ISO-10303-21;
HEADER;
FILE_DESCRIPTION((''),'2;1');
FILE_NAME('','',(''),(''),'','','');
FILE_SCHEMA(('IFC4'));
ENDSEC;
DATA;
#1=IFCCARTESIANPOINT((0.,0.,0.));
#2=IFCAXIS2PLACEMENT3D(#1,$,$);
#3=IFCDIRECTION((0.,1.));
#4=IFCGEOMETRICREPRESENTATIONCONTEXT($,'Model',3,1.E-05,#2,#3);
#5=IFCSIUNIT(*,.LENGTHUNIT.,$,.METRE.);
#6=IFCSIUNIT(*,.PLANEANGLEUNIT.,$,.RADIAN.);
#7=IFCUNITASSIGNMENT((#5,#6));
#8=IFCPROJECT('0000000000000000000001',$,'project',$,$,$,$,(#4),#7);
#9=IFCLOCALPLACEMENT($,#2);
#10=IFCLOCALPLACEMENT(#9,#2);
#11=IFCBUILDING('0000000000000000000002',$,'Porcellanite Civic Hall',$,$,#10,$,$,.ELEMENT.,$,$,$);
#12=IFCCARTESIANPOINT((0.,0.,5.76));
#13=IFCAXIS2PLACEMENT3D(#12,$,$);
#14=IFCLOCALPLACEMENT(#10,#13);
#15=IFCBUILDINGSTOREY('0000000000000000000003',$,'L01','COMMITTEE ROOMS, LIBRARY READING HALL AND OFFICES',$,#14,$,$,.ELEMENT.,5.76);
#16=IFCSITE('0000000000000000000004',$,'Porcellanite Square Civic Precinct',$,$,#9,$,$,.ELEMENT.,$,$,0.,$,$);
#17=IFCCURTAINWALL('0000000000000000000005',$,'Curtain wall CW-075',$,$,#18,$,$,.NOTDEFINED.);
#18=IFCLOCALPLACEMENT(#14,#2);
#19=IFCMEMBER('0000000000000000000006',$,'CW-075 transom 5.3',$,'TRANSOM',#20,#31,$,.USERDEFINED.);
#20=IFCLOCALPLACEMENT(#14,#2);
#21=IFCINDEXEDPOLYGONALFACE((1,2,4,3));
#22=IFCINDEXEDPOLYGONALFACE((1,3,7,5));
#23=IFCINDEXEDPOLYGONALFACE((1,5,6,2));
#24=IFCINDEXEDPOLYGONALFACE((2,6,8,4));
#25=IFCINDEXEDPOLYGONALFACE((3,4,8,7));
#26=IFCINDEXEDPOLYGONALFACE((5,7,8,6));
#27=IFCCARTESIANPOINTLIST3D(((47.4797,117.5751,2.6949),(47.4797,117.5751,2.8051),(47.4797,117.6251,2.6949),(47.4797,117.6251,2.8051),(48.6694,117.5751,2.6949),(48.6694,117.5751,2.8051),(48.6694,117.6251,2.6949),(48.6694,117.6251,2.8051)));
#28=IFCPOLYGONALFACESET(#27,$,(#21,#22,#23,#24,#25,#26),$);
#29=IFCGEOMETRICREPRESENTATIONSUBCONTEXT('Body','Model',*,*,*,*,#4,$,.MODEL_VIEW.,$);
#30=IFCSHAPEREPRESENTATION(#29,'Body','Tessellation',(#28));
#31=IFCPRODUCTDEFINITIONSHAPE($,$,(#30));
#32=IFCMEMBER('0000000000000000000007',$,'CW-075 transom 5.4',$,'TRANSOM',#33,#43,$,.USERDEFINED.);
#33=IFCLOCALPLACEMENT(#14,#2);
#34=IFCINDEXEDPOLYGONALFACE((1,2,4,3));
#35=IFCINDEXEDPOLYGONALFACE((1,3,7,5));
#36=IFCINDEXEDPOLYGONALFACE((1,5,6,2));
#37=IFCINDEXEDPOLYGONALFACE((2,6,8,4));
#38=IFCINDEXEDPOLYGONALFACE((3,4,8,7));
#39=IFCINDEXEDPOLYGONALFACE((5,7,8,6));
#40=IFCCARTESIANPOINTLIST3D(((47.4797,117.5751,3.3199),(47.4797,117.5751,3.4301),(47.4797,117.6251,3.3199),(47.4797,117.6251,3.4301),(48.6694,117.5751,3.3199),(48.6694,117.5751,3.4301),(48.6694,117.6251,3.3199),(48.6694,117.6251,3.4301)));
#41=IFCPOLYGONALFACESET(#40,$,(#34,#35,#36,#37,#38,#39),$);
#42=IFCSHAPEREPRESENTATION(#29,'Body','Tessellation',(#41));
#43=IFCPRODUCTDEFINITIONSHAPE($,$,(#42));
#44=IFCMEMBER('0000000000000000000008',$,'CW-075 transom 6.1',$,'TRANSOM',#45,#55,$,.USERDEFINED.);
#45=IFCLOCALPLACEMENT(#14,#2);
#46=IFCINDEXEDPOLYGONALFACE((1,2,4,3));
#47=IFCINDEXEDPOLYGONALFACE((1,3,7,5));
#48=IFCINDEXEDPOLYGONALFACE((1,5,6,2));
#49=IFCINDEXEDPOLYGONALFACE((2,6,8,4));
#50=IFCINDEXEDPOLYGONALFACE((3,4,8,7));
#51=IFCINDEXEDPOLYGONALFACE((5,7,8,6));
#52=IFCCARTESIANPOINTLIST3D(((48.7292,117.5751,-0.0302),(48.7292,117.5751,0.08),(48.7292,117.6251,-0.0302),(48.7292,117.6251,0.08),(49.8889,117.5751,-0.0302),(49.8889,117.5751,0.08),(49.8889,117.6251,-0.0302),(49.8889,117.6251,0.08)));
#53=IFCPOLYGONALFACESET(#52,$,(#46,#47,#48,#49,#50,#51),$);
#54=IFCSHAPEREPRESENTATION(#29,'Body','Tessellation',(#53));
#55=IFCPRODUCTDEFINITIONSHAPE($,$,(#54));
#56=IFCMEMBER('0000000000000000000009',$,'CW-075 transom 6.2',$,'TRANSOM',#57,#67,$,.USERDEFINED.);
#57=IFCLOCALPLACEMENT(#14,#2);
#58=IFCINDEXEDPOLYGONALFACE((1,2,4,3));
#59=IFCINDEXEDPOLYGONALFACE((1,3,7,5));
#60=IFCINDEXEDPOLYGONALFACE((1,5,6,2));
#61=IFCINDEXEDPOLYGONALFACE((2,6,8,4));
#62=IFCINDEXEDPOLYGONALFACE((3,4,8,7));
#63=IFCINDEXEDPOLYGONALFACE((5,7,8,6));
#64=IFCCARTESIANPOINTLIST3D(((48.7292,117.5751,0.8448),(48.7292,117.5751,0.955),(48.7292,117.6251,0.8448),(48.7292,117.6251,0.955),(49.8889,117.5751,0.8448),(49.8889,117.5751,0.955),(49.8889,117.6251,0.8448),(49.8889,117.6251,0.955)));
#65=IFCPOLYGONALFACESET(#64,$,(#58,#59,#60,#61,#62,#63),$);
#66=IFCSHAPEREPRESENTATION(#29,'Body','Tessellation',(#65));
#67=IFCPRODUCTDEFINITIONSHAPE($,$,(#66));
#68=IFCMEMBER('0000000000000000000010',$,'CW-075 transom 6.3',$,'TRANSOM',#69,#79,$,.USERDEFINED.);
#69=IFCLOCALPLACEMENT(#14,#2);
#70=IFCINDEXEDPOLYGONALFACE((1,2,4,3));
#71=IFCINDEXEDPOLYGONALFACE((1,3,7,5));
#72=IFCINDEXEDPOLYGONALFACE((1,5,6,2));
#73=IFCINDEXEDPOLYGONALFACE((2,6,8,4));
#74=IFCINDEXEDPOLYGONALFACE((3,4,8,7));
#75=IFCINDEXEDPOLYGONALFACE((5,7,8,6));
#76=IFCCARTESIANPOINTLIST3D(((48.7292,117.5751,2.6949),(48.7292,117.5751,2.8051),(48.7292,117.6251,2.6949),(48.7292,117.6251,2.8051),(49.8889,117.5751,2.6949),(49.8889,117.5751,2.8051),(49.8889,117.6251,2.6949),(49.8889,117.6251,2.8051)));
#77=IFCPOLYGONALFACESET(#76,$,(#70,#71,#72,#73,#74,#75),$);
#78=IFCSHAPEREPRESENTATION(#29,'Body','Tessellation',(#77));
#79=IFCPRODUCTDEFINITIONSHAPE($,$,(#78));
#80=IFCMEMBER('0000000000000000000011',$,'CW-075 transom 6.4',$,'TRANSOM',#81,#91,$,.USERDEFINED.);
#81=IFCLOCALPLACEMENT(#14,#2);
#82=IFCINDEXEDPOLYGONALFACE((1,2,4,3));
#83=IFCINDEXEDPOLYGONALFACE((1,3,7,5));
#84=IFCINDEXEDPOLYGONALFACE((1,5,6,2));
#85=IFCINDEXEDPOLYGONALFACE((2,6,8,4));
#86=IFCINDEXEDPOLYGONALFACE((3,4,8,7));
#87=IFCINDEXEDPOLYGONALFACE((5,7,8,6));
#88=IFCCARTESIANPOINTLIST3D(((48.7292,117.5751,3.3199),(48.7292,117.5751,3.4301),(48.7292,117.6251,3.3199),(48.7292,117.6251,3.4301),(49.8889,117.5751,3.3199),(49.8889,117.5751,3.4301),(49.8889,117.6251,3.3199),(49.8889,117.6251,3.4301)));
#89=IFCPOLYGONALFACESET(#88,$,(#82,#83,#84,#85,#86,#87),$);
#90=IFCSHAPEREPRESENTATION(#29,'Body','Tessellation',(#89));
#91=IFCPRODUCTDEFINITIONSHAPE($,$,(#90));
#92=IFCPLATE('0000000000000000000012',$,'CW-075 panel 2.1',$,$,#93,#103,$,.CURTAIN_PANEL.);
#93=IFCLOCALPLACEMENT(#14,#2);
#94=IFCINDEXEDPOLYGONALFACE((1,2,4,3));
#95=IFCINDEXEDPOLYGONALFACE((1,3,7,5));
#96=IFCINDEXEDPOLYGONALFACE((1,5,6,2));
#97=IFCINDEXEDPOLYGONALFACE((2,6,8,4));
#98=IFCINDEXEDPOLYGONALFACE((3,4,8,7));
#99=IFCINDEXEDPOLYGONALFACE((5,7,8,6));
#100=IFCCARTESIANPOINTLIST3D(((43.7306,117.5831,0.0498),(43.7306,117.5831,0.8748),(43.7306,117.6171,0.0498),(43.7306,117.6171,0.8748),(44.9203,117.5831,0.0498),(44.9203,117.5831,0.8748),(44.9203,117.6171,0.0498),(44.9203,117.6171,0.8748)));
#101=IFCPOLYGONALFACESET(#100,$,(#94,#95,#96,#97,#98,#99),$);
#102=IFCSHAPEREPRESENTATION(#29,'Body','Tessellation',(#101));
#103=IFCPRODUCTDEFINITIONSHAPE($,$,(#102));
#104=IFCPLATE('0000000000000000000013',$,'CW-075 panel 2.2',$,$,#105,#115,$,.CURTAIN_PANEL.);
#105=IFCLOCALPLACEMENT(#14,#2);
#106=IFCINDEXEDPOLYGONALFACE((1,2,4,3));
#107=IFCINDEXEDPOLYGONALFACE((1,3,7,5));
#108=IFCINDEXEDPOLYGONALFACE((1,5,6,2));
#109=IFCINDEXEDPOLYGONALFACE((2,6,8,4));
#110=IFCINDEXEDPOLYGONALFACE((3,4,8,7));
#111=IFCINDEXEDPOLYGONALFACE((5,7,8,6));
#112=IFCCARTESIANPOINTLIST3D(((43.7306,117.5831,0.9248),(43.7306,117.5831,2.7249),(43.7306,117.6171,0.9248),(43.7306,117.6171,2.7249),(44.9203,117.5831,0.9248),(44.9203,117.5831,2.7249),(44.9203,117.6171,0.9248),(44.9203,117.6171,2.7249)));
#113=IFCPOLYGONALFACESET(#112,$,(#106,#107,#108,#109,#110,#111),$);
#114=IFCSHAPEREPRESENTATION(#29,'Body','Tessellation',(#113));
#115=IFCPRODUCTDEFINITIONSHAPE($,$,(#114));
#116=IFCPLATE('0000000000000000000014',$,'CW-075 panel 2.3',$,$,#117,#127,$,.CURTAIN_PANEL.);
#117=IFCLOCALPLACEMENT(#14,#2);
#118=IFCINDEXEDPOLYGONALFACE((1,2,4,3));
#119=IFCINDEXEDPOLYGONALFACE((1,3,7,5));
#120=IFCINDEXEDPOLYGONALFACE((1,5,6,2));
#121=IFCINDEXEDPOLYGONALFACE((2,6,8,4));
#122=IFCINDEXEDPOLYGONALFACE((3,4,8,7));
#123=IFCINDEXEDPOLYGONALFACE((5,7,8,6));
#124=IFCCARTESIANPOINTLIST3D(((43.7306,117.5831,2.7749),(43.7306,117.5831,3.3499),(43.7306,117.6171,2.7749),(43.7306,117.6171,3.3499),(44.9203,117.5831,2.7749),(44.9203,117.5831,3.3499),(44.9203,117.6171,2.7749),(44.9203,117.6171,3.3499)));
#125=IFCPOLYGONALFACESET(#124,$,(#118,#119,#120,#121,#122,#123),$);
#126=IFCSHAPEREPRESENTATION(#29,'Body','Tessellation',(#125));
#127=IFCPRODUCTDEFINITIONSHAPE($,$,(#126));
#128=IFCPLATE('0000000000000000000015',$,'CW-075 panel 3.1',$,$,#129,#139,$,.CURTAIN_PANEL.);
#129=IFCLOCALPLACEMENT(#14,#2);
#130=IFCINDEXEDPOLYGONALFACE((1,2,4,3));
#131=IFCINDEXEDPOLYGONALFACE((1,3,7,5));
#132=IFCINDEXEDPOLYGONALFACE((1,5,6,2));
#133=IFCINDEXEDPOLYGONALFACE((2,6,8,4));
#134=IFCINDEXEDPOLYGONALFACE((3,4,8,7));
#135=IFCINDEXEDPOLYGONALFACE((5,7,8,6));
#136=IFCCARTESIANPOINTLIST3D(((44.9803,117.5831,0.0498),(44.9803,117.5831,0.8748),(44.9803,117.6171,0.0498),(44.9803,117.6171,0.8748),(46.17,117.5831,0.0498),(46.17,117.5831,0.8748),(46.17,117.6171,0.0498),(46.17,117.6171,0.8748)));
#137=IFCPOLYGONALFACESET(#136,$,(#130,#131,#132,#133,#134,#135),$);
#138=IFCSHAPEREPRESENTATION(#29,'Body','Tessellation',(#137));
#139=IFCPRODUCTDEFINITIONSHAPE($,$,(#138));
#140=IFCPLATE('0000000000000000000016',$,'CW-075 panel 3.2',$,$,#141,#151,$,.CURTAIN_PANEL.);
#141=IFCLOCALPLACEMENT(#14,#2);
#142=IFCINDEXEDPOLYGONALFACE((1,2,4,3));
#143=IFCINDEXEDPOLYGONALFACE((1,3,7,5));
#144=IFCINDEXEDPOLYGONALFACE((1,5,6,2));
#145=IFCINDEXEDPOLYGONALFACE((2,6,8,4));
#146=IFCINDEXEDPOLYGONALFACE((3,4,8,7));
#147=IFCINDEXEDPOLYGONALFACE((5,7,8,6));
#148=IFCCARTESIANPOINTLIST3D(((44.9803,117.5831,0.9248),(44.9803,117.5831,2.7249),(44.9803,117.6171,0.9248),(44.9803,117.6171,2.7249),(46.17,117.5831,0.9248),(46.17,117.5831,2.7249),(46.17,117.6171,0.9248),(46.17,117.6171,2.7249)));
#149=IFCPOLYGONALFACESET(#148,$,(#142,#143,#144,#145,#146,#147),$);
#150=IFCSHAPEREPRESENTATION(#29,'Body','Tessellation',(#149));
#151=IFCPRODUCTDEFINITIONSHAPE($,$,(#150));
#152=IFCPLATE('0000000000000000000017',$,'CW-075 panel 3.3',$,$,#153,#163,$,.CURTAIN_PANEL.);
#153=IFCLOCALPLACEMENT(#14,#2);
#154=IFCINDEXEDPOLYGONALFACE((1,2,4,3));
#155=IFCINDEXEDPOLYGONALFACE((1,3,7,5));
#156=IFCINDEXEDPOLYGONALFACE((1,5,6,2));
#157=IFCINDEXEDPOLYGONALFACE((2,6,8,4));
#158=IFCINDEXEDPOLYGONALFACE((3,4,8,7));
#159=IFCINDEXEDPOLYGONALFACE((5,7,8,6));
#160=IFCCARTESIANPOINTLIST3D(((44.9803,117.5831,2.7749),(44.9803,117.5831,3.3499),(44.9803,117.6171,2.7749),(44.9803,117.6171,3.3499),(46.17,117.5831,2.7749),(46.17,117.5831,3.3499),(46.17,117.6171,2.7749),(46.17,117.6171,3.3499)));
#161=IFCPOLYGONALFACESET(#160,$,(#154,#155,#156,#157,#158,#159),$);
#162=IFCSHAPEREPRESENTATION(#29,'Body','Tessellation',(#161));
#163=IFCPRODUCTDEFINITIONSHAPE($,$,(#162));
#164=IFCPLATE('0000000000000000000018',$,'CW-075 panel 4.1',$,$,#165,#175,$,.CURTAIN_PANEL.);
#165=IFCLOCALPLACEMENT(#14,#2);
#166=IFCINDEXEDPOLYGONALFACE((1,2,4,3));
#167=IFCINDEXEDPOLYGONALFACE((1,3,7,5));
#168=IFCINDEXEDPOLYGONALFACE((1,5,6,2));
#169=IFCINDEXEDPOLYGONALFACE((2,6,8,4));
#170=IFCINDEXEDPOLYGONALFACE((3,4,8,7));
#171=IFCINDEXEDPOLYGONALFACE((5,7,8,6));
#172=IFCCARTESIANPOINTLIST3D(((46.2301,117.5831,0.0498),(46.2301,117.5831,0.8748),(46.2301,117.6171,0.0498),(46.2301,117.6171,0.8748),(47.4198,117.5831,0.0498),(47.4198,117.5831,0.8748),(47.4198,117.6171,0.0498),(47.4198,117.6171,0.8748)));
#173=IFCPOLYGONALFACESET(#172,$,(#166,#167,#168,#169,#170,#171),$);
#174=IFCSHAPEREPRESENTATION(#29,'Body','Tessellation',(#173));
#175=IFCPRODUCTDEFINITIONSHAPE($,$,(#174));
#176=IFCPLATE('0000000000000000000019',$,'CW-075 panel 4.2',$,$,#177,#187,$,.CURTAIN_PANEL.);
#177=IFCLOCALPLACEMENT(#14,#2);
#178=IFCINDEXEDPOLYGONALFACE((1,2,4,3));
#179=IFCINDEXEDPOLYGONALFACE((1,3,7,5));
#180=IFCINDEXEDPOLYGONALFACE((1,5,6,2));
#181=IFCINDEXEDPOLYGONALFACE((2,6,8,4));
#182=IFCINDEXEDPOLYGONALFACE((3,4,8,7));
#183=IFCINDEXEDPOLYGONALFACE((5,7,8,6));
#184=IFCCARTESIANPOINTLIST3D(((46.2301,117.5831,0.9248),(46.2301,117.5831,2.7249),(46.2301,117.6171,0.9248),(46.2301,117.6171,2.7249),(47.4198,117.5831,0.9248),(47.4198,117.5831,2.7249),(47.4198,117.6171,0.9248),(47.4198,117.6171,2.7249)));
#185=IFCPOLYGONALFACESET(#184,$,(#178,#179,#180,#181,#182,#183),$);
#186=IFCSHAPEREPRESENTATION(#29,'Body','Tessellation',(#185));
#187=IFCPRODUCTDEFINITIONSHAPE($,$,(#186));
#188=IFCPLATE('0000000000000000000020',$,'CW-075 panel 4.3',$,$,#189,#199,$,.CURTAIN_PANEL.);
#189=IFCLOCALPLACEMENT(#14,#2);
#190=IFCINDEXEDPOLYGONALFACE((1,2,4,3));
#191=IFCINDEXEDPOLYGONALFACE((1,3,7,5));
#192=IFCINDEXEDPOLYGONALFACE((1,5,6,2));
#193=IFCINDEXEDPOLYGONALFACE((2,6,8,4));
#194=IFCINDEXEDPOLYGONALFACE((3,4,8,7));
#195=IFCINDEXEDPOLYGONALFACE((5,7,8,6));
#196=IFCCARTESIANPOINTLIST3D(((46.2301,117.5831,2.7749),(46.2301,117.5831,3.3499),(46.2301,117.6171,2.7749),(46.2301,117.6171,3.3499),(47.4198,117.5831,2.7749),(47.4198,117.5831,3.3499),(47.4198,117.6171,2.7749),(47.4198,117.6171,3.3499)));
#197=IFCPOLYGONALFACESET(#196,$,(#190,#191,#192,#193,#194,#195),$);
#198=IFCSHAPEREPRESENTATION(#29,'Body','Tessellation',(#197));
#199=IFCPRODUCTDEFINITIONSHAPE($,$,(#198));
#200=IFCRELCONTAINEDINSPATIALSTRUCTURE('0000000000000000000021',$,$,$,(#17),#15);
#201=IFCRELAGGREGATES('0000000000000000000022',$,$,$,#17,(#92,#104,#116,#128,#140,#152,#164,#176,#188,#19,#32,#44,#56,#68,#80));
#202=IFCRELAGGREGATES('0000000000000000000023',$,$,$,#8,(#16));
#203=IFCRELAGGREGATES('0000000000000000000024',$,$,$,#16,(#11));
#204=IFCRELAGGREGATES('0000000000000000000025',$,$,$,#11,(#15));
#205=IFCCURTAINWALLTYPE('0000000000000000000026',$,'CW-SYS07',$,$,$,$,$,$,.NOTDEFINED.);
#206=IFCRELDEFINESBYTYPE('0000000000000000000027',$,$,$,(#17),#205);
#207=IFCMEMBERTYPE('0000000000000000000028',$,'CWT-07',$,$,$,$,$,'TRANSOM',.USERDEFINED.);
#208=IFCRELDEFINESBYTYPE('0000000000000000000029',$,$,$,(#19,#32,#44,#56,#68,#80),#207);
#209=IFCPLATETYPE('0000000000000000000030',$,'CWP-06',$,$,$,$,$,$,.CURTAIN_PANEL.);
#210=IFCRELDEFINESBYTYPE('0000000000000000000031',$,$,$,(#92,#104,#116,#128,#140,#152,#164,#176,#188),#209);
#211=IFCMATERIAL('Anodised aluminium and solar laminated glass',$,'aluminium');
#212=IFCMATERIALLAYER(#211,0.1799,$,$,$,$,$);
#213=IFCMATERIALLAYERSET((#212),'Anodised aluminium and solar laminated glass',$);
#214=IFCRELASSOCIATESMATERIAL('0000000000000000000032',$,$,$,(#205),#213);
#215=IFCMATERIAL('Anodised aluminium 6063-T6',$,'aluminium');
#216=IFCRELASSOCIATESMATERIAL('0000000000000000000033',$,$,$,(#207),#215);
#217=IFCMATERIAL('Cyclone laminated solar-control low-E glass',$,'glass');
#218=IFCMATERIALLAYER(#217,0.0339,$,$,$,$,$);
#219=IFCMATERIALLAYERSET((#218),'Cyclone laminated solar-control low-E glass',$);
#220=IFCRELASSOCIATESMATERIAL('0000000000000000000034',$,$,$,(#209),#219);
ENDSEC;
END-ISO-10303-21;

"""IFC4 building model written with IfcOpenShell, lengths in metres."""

from ifc_helpers import new_model, si_unit, direction, frame, origin, origin_2d, place, context, subcontext, project, spatial, rectangle, extrude, material, layer, layer_set, material_profile, profile_set, type_object, element, aggregate, save


model = new_model("IFC4")

# Units and contexts
model_context = context("Model", 3, precision=1e-05, world=origin(), true_north=direction((0.0, 1.0)))
body_context = subcontext(model_context, "Body", "Model", "MODEL_VIEW")
ifc_project = project(units=[si_unit("LENGTHUNIT", "METRE"), si_unit("PLANEANGLEUNIT", "RADIAN")], contexts=[model_context])

# Site, building, storey
site_placement = place(None, origin())
site = spatial("IfcSite", under=ifc_project, at=site_placement, Name="Porcellanite Square Civic Precinct", CompositionType="ELEMENT", RefElevation=0.0)
building_placement = place(site_placement, origin())
building = spatial("IfcBuilding", under=site, at=building_placement, Name="Porcellanite Civic Hall", CompositionType="ELEMENT")
storey_placement = place(building_placement, frame((0.0, 0.0, 5.76)))
storey = spatial("IfcBuildingStorey", under=building, at=storey_placement, Name="L01", Description="COMMITTEE ROOMS, LIBRARY READING HALL AND OFFICES", CompositionType="ELEMENT", Elevation=5.76)

# Curtain wall, members, plates
ifc_material_1 = material(Name="Anodised aluminium and solar laminated glass", Category="aluminium")
ifc_layer_1 = layer(ifc_material_1, 0.1799)
ifc_layer_set_1 = layer_set([ifc_layer_1], Name="Anodised aluminium and solar laminated glass")
curtain_wall_type = type_object("IfcCurtainWallType", Name="CW-SYS07", PredefinedType="NOTDEFINED", material=ifc_layer_set_1)
curtain_wall_placement = place(storey_placement, origin())
curtain_wall = element("IfcCurtainWall", 1, at=curtain_wall_placement, inside=storey, type_object=curtain_wall_type, Name="Curtain wall CW-075", PredefinedType="NOTDEFINED")
ifc_material_2 = material(Name="Anodised aluminium 6063-T6", Category="aluminium")
ifc_material_profile_1 = material_profile(ifc_material_2, rectangle(XDim=0.05, YDim=0.1101, at=origin_2d()), Name="AL-50x110")
ifc_profile_set_1 = profile_set([ifc_material_profile_1], Name="Anodised aluminium 6063-T6")
member_type_1 = type_object("IfcMemberType", Name="CWT-07", ElementType="TRANSOM", PredefinedType="USERDEFINED", material=ifc_profile_set_1)
member_1_placement = place(storey_placement, frame((47.4797, 117.6001, 2.75), z_axis=(1.0, 0.0, 0.0), x_axis=(0.0, 1.0, 0.0)))
member_1 = element("IfcMember", 2, at=member_1_placement, type_object=member_type_1, Name="CW-075 transom 5.3", ObjectType="TRANSOM", PredefinedType="USERDEFINED", context=body_context, shape_type="SweptSolid", body=[
    extrude(rectangle(XDim=0.05, YDim=0.1101, at=origin_2d()), origin(), (0.0, 0.0, 1.0), 1.1897),
])
member_2_placement = place(storey_placement, frame((47.4797, 117.6001, 3.375), z_axis=(1.0, 0.0, 0.0), x_axis=(0.0, 1.0, 0.0)))
member_2 = element("IfcMember", 3, at=member_2_placement, type_object=member_type_1, Name="CW-075 transom 5.4", ObjectType="TRANSOM", PredefinedType="USERDEFINED", context=body_context, shape_type="SweptSolid", body=[
    extrude(rectangle(XDim=0.05, YDim=0.1101, at=origin_2d()), origin(), (0.0, 0.0, 1.0), 1.1897),
])
member_3_placement = place(storey_placement, frame((48.7292, 117.6001, 0.0249), z_axis=(1.0, 0.0, 0.0), x_axis=(0.0, 1.0, 0.0)))
member_3 = element("IfcMember", 4, at=member_3_placement, type_object=member_type_1, Name="CW-075 transom 6.1", ObjectType="TRANSOM", PredefinedType="USERDEFINED", context=body_context, shape_type="SweptSolid", body=[
    extrude(rectangle(XDim=0.05, YDim=0.1101, at=origin_2d()), origin(), (0.0, 0.0, 1.0), 1.1597),
])
member_4_placement = place(storey_placement, frame((48.7292, 117.6001, 0.8999), z_axis=(1.0, 0.0, 0.0), x_axis=(0.0, 1.0, 0.0)))
member_4 = element("IfcMember", 5, at=member_4_placement, type_object=member_type_1, Name="CW-075 transom 6.2", ObjectType="TRANSOM", PredefinedType="USERDEFINED", context=body_context, shape_type="SweptSolid", body=[
    extrude(rectangle(XDim=0.05, YDim=0.1101, at=origin_2d()), origin(), (0.0, 0.0, 1.0), 1.1597),
])
member_5_placement = place(storey_placement, frame((48.7292, 117.6001, 2.75), z_axis=(1.0, 0.0, 0.0), x_axis=(0.0, 1.0, 0.0)))
member_5 = element("IfcMember", 6, at=member_5_placement, type_object=member_type_1, Name="CW-075 transom 6.3", ObjectType="TRANSOM", PredefinedType="USERDEFINED", context=body_context, shape_type="SweptSolid", body=[
    extrude(rectangle(XDim=0.05, YDim=0.1101, at=origin_2d()), origin(), (0.0, 0.0, 1.0), 1.1597),
])
member_6_placement = place(storey_placement, frame((48.7292, 117.6001, 3.375), z_axis=(1.0, 0.0, 0.0), x_axis=(0.0, 1.0, 0.0)))
member_6 = element("IfcMember", 7, at=member_6_placement, type_object=member_type_1, Name="CW-075 transom 6.4", ObjectType="TRANSOM", PredefinedType="USERDEFINED", context=body_context, shape_type="SweptSolid", body=[
    extrude(rectangle(XDim=0.05, YDim=0.1101, at=origin_2d()), origin(), (0.0, 0.0, 1.0), 1.1597),
])
ifc_material_3 = material(Name="Cyclone laminated solar-control low-E glass", Category="glass")
ifc_layer_2 = layer(ifc_material_3, 0.0339)
ifc_layer_set_2 = layer_set([ifc_layer_2], Name="Cyclone laminated solar-control low-E glass")
plate_type = type_object("IfcPlateType", Name="CWP-06", PredefinedType="CURTAIN_PANEL", material=ifc_layer_set_2)
plate_1_placement = place(storey_placement, frame((44.3254, 117.6001, 0.0498), z_axis=(0.0, 0.0, 1.0), x_axis=(1.0, 0.0, 0.0)))
plate_1 = element("IfcPlate", 8, at=plate_1_placement, type_object=plate_type, Name="CW-075 panel 2.1", PredefinedType="CURTAIN_PANEL", context=body_context, shape_type="SweptSolid", body=[
    extrude(rectangle(XDim=1.1897, YDim=0.0339, at=origin_2d()), origin(), (0.0, 0.0, 1.0), 0.825),
])
plate_2_placement = place(storey_placement, frame((44.3254, 117.6001, 0.9248), z_axis=(0.0, 0.0, 1.0), x_axis=(1.0, 0.0, 0.0)))
plate_2 = element("IfcPlate", 9, at=plate_2_placement, type_object=plate_type, Name="CW-075 panel 2.2", PredefinedType="CURTAIN_PANEL", context=body_context, shape_type="SweptSolid", body=[
    extrude(rectangle(XDim=1.1897, YDim=0.0339, at=origin_2d()), origin(), (0.0, 0.0, 1.0), 1.8),
])
plate_3_placement = place(storey_placement, frame((44.3254, 117.6001, 2.7749), z_axis=(0.0, 0.0, 1.0), x_axis=(1.0, 0.0, 0.0)))
plate_3 = element("IfcPlate", 10, at=plate_3_placement, type_object=plate_type, Name="CW-075 panel 2.3", PredefinedType="CURTAIN_PANEL", context=body_context, shape_type="SweptSolid", body=[
    extrude(rectangle(XDim=1.1897, YDim=0.0339, at=origin_2d()), origin(), (0.0, 0.0, 1.0), 0.575),
])
plate_4_placement = place(storey_placement, frame((45.5752, 117.6001, 0.0498), z_axis=(0.0, 0.0, 1.0), x_axis=(1.0, 0.0, 0.0)))
plate_4 = element("IfcPlate", 11, at=plate_4_placement, type_object=plate_type, Name="CW-075 panel 3.1", PredefinedType="CURTAIN_PANEL", context=body_context, shape_type="SweptSolid", body=[
    extrude(rectangle(XDim=1.1897, YDim=0.0339, at=origin_2d()), origin(), (0.0, 0.0, 1.0), 0.825),
])
plate_5_placement = place(storey_placement, frame((45.5752, 117.6001, 0.9248), z_axis=(0.0, 0.0, 1.0), x_axis=(1.0, 0.0, 0.0)))
plate_5 = element("IfcPlate", 12, at=plate_5_placement, type_object=plate_type, Name="CW-075 panel 3.2", PredefinedType="CURTAIN_PANEL", context=body_context, shape_type="SweptSolid", body=[
    extrude(rectangle(XDim=1.1897, YDim=0.0339, at=origin_2d()), origin(), (0.0, 0.0, 1.0), 1.8),
])
plate_6_placement = place(storey_placement, frame((45.5752, 117.6001, 2.7749), z_axis=(0.0, 0.0, 1.0), x_axis=(1.0, 0.0, 0.0)))
plate_6 = element("IfcPlate", 13, at=plate_6_placement, type_object=plate_type, Name="CW-075 panel 3.3", PredefinedType="CURTAIN_PANEL", context=body_context, shape_type="SweptSolid", body=[
    extrude(rectangle(XDim=1.1897, YDim=0.0339, at=origin_2d()), origin(), (0.0, 0.0, 1.0), 0.575),
])
plate_7_placement = place(storey_placement, frame((46.825, 117.6001, 0.0498), z_axis=(0.0, 0.0, 1.0), x_axis=(1.0, 0.0, 0.0)))
plate_7 = element("IfcPlate", 14, at=plate_7_placement, type_object=plate_type, Name="CW-075 panel 4.1", PredefinedType="CURTAIN_PANEL", context=body_context, shape_type="SweptSolid", body=[
    extrude(rectangle(XDim=1.1897, YDim=0.0339, at=origin_2d()), origin(), (0.0, 0.0, 1.0), 0.825),
])
plate_8_placement = place(storey_placement, frame((46.825, 117.6001, 0.9248), z_axis=(0.0, 0.0, 1.0), x_axis=(1.0, 0.0, 0.0)))
plate_8 = element("IfcPlate", 15, at=plate_8_placement, type_object=plate_type, Name="CW-075 panel 4.2", PredefinedType="CURTAIN_PANEL", context=body_context, shape_type="SweptSolid", body=[
    extrude(rectangle(XDim=1.1897, YDim=0.0339, at=origin_2d()), origin(), (0.0, 0.0, 1.0), 1.8),
])
plate_9_placement = place(storey_placement, frame((46.825, 117.6001, 2.7749), z_axis=(0.0, 0.0, 1.0), x_axis=(1.0, 0.0, 0.0)))
plate_9 = element("IfcPlate", 16, at=plate_9_placement, type_object=plate_type, Name="CW-075 panel 4.3", PredefinedType="CURTAIN_PANEL", context=body_context, shape_type="SweptSolid", body=[
    extrude(rectangle(XDim=1.1897, YDim=0.0339, at=origin_2d()), origin(), (0.0, 0.0, 1.0), 0.575),
])
aggregate(curtain_wall, [plate_1, plate_2, plate_3, plate_4, plate_5, plate_6, plate_7, plate_8, plate_9, member_1, member_2, member_3, member_4, member_5, member_6])

save(model, "model.ifc")
